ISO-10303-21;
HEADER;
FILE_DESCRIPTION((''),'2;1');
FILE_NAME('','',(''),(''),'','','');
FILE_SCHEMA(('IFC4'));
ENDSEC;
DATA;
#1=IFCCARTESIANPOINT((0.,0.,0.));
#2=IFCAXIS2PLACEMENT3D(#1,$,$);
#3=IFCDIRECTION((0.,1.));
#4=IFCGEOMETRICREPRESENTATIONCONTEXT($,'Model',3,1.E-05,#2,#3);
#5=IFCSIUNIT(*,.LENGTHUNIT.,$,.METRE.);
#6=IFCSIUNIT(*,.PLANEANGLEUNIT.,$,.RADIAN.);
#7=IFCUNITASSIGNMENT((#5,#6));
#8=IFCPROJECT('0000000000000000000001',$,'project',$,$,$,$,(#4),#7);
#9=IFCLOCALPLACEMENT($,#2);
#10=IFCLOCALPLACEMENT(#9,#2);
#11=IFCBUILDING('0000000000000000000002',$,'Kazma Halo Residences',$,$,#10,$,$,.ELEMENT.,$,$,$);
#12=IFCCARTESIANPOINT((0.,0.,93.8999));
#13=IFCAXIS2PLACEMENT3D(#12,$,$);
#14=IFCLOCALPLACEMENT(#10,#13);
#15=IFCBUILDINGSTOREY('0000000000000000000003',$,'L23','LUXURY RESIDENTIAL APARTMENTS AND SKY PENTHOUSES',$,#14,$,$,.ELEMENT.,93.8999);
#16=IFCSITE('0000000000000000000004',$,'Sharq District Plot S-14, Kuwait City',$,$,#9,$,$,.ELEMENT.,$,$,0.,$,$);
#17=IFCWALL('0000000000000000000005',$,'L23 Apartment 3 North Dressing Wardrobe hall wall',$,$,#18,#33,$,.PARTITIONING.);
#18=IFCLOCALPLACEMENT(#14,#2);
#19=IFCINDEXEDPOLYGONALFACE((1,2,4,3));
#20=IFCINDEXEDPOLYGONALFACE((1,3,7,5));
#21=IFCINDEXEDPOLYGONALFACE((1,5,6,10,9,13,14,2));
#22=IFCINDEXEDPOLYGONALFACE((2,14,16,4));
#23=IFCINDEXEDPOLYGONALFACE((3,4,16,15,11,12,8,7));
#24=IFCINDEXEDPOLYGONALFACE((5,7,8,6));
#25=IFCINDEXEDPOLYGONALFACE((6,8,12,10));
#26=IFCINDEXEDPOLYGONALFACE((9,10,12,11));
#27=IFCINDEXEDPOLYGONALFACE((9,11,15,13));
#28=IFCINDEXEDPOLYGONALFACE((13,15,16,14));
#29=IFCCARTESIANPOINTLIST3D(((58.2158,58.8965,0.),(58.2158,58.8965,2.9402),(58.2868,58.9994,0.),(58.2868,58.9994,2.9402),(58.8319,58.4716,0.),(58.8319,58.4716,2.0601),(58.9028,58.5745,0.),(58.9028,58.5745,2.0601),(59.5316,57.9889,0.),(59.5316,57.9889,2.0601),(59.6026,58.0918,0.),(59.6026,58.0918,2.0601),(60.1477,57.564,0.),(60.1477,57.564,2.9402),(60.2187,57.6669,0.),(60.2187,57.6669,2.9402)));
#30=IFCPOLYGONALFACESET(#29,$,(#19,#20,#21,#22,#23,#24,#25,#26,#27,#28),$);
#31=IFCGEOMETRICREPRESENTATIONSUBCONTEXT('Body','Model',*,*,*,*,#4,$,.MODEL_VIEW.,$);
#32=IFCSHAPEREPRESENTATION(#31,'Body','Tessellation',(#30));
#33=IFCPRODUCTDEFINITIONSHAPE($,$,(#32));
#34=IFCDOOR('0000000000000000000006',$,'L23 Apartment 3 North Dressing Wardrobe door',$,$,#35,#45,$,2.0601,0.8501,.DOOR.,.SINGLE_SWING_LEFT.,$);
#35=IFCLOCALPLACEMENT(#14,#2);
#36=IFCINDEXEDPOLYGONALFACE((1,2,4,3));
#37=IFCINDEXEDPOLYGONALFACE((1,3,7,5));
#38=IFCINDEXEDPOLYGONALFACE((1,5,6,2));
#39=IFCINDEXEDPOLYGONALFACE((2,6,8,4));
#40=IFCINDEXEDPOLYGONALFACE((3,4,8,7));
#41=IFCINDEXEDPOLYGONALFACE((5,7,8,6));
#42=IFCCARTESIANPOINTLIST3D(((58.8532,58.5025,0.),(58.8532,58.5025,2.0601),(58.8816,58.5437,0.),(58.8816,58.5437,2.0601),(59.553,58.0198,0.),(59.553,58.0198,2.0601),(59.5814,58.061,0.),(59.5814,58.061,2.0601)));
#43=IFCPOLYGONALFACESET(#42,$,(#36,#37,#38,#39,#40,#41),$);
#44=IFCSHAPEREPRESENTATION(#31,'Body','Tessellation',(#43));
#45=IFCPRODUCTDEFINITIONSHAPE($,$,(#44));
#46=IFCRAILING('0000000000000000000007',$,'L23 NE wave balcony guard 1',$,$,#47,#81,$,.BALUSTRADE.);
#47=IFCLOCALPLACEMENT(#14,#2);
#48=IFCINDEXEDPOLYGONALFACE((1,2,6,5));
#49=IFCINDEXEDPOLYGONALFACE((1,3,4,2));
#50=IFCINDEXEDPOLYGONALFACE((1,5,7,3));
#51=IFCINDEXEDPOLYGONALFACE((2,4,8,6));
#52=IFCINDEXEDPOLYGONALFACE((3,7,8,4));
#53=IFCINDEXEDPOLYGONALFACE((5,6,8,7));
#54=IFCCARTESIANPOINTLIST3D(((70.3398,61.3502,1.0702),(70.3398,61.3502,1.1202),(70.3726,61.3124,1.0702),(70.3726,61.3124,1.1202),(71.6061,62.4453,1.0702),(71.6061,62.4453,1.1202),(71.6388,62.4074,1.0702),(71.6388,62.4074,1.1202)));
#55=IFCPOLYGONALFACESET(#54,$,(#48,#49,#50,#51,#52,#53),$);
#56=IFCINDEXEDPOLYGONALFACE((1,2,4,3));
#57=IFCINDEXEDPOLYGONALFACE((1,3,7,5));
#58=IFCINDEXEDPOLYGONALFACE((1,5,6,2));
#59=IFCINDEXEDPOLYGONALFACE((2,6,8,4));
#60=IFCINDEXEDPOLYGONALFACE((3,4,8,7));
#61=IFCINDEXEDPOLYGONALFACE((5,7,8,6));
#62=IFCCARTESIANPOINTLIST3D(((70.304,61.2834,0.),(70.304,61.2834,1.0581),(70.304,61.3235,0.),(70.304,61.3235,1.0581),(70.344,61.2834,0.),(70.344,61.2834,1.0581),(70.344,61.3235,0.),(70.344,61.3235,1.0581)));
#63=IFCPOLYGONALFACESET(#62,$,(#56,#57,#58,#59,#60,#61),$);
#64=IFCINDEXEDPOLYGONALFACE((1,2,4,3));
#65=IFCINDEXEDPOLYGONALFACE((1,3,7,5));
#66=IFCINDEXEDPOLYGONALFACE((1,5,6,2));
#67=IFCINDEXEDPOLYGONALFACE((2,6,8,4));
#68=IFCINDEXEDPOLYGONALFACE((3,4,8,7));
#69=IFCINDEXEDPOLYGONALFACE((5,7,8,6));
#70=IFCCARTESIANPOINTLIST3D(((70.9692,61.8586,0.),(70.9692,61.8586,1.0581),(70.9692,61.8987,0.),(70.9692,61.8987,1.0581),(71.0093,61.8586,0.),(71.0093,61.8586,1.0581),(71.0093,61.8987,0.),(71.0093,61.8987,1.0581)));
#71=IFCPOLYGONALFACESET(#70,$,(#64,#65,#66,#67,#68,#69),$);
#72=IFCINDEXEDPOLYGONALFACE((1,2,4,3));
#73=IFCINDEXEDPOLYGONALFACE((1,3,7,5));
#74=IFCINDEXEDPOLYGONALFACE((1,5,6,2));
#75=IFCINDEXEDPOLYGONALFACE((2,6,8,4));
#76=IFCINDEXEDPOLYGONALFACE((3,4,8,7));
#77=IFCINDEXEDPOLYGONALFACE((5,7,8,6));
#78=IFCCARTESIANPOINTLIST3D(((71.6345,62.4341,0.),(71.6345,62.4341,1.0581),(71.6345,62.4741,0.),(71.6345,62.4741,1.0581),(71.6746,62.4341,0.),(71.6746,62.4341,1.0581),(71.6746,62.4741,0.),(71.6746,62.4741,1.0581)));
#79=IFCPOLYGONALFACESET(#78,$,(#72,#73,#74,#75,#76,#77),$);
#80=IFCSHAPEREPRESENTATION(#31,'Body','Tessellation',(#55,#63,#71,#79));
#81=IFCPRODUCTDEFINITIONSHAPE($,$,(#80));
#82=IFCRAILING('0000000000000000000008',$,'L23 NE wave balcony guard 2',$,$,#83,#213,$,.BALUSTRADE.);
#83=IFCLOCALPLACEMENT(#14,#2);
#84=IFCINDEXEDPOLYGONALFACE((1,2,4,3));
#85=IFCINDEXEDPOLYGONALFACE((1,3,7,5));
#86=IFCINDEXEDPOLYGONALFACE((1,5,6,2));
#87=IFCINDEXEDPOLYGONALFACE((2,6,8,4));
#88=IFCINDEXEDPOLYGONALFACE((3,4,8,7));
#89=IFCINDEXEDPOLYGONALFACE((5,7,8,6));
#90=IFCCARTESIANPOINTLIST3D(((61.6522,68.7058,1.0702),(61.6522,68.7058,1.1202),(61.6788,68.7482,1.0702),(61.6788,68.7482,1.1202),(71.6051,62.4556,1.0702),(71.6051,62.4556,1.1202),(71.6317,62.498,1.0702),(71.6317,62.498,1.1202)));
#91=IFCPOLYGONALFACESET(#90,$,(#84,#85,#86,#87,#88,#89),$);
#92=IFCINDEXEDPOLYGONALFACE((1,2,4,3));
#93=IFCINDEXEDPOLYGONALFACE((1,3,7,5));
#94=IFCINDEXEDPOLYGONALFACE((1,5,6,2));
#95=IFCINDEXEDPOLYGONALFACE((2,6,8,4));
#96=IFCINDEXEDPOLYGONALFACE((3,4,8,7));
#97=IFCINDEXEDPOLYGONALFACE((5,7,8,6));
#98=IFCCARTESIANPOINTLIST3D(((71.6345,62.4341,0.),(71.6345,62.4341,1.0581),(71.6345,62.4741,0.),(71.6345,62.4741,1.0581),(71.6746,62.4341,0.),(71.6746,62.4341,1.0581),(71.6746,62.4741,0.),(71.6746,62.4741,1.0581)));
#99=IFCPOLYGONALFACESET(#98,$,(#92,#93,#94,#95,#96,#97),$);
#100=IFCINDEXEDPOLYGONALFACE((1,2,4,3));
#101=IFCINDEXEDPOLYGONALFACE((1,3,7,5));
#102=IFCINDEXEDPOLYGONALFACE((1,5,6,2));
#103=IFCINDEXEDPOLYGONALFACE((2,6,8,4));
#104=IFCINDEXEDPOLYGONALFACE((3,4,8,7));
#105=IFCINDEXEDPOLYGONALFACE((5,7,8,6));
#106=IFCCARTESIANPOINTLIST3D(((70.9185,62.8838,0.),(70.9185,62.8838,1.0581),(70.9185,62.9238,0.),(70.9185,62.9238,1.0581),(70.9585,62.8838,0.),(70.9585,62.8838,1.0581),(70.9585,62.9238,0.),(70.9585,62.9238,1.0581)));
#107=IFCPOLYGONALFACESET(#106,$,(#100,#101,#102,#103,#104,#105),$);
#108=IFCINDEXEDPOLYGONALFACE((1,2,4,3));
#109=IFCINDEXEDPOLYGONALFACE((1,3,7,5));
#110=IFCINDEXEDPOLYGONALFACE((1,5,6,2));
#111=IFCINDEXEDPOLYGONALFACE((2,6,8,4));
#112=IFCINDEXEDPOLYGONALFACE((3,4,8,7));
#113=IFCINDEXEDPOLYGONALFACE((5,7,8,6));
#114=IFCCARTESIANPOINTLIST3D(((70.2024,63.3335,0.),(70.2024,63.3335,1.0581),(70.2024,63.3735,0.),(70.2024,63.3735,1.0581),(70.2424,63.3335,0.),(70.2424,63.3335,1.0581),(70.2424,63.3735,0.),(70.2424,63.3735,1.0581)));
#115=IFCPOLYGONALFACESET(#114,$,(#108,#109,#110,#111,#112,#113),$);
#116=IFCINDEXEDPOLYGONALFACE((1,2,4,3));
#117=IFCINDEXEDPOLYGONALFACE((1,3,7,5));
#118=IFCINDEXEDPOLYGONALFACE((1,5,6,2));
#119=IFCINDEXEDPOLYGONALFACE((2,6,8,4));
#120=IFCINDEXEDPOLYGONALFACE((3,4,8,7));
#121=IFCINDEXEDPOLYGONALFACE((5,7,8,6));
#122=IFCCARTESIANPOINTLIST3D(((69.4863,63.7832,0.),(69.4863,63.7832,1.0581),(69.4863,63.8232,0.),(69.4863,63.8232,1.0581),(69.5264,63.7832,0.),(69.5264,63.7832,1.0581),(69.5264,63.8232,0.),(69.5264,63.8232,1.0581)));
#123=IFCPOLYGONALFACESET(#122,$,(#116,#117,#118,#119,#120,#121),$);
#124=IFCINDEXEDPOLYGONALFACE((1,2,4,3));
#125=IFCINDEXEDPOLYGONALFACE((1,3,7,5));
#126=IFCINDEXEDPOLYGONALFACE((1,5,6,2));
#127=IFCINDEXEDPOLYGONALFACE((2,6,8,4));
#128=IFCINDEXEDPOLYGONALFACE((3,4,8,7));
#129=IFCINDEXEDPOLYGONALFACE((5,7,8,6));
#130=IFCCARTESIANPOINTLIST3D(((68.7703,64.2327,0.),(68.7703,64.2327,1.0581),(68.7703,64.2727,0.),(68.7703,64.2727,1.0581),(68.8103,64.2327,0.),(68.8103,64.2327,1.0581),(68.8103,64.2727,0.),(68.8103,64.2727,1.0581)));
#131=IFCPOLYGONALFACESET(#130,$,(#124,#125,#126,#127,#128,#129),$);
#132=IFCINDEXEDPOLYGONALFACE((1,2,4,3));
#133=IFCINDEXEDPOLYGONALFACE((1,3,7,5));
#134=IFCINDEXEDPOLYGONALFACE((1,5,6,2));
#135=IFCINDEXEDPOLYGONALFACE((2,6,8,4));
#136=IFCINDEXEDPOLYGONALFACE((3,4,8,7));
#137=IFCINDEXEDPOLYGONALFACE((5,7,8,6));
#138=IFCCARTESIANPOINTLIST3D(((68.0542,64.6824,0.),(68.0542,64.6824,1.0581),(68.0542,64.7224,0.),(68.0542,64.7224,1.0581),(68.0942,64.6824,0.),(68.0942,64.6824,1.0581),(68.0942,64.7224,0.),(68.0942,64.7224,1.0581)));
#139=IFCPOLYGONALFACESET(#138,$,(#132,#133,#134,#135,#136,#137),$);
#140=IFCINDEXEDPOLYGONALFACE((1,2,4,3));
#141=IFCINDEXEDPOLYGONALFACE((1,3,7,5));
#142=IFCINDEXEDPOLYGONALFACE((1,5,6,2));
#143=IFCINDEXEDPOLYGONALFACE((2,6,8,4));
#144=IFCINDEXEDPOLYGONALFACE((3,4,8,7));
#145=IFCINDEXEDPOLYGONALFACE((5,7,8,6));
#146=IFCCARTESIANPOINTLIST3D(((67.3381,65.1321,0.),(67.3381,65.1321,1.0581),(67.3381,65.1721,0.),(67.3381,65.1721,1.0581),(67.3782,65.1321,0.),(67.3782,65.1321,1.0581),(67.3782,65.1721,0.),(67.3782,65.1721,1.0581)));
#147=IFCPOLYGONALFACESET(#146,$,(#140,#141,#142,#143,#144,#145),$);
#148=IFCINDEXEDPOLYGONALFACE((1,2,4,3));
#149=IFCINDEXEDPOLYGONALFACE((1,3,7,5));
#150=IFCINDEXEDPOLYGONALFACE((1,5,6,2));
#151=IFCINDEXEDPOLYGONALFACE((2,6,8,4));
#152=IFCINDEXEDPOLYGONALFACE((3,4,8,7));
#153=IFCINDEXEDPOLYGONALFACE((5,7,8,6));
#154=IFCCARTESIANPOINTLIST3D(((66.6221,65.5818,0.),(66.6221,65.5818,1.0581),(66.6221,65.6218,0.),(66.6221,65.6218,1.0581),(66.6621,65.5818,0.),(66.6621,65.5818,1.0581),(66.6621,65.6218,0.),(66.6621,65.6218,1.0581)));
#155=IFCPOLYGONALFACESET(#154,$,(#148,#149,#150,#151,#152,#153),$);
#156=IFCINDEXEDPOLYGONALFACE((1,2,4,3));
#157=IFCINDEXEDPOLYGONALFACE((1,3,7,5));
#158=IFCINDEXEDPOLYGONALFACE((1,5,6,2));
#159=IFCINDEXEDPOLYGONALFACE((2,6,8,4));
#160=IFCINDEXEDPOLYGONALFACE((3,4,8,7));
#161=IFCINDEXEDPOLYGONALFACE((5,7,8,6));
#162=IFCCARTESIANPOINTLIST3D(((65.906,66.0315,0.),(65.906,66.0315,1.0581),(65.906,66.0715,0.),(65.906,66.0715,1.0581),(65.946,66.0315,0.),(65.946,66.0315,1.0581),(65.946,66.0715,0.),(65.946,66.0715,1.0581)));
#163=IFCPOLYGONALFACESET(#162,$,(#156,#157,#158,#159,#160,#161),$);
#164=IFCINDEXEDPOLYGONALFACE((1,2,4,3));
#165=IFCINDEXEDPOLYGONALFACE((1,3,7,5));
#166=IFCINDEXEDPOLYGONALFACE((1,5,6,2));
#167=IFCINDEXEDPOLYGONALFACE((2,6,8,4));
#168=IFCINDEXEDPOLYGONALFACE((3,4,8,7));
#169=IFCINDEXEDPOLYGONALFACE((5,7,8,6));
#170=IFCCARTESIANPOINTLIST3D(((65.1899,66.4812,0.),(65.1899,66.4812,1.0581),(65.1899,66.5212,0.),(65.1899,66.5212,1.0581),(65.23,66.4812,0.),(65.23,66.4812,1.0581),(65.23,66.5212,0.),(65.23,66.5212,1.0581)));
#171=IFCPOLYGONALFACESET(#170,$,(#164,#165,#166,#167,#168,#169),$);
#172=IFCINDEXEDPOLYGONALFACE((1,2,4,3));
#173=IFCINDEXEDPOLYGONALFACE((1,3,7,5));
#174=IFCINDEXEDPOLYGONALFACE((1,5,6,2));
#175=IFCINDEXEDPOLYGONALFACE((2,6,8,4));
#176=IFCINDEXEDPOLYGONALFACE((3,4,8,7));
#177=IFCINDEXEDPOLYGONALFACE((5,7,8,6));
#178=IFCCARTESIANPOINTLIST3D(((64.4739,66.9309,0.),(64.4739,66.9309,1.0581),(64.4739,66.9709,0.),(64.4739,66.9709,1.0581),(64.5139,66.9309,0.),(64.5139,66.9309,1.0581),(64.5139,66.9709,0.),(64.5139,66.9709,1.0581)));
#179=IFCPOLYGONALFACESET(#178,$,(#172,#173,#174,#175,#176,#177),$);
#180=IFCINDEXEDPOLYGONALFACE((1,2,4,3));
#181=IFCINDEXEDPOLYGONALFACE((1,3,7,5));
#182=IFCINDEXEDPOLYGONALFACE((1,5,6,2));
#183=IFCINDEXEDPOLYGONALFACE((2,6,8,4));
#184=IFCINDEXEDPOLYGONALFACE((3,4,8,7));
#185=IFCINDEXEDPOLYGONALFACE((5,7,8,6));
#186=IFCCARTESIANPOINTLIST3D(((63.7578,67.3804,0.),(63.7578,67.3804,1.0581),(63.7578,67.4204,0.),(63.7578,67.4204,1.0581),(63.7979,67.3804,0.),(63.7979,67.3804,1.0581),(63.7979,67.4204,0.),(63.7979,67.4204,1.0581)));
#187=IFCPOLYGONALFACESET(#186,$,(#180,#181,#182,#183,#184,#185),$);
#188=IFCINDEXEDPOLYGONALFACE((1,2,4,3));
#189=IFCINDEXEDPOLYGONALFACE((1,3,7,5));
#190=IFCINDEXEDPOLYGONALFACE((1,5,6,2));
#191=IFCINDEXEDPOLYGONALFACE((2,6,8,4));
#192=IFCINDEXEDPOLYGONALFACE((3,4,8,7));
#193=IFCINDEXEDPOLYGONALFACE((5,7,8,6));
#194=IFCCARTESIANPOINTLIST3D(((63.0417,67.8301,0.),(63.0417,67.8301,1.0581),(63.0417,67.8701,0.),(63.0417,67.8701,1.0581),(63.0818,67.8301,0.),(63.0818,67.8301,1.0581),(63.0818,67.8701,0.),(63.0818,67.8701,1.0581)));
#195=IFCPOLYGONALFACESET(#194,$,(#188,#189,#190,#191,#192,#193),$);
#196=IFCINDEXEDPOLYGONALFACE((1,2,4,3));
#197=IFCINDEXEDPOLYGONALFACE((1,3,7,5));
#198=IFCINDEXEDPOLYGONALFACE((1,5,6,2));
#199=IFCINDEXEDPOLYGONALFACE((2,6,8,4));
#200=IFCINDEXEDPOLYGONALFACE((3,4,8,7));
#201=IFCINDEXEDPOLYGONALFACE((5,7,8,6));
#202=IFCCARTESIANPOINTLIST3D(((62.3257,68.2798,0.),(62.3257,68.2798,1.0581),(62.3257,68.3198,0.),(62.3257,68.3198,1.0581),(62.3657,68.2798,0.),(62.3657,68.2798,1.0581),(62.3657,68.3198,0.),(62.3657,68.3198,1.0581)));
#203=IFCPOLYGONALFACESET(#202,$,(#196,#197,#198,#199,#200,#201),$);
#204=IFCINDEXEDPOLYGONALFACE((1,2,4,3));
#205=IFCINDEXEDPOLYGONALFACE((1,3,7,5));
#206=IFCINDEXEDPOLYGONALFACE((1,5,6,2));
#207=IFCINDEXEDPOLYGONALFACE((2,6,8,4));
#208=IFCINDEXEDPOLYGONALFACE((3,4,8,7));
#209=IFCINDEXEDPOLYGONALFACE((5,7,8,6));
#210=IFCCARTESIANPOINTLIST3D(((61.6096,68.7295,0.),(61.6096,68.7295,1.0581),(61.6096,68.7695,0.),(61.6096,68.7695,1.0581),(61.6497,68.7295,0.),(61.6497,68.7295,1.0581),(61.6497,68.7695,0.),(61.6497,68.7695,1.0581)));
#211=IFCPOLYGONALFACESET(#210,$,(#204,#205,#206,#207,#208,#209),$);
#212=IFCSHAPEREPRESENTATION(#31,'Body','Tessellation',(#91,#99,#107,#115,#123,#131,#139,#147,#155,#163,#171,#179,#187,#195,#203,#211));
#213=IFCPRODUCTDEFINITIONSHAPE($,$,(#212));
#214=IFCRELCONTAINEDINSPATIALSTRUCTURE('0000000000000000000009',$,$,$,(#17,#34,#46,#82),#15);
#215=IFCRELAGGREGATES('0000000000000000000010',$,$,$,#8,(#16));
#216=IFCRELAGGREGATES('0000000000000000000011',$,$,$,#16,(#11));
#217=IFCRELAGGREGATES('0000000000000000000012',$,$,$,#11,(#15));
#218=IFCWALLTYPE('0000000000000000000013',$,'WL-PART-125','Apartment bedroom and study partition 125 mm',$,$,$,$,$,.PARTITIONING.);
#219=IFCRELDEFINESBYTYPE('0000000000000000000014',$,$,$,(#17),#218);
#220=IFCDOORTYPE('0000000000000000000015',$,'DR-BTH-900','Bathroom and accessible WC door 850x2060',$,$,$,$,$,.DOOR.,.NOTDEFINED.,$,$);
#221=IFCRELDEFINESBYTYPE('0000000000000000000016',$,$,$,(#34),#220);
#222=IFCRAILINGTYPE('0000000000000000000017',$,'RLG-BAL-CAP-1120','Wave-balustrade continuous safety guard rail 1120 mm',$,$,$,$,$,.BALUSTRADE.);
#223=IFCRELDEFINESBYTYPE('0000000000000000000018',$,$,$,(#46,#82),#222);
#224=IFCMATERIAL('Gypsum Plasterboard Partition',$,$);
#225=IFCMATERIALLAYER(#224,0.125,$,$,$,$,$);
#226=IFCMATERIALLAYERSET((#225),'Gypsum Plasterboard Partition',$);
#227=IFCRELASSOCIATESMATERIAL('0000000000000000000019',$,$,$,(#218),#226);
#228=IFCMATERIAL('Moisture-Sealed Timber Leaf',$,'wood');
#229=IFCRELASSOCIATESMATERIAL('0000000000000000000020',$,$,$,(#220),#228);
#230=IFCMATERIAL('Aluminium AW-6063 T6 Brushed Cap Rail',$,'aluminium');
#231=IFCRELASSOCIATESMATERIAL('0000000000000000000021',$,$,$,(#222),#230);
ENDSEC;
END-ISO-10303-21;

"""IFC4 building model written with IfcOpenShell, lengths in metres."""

from ifc_helpers import new_model, si_unit, direction, frame, frame_2d, origin, origin_2d, place, context, subcontext, project, spatial, rectangle, extrude, material, layer, layer_set, type_object, element, fill, save


model = new_model("IFC4")

# Units and contexts
model_context = context("Model", 3, precision=1e-05, world=origin(), true_north=direction((0.0, 1.0)))
body_context = subcontext(model_context, "Body", "Model", "MODEL_VIEW")
ifc_project = project(units=[si_unit("LENGTHUNIT", "METRE"), si_unit("PLANEANGLEUNIT", "RADIAN")], contexts=[model_context])

# Site, building, storey
site_placement = place(None, origin())
site = spatial("IfcSite", under=ifc_project, at=site_placement, Name="Sharq District Plot S-14, Kuwait City", CompositionType="ELEMENT", RefElevation=0.0)
building_placement = place(site_placement, origin())
building = spatial("IfcBuilding", under=site, at=building_placement, Name="Kazma Halo Residences", CompositionType="ELEMENT")
storey_placement = place(building_placement, frame((0.0, 0.0, 93.8999)))
storey = spatial("IfcBuildingStorey", under=building, at=storey_placement, Name="L23", Description="LUXURY RESIDENTIAL APARTMENTS AND SKY PENTHOUSES", CompositionType="ELEMENT", Elevation=93.8999)

# Shared definitions
ifc_material_1 = material(Name="Gypsum Plasterboard Partition")
ifc_layer_1 = layer(ifc_material_1, 0.125)
ifc_layer_set_1 = layer_set([ifc_layer_1], Name="Gypsum Plasterboard Partition")
wall_type_1 = type_object("IfcWallType", Name="WL-PART-125", Description="Apartment bedroom and study partition 125 mm", PredefinedType="PARTITIONING", material=ifc_layer_set_1)

# Wall, opening, door
wall_1_placement = place(storey_placement, frame((60.1831, 57.6155, 0.0), z_axis=(0.0, 0.0, 1.0), x_axis=(-0.823176, 0.567786, 0.0)))
wall_1 = element("IfcWall", 1, at=wall_1_placement, inside=storey, type_object=wall_type_1, Name="L23 Apartment 3 North Dressing Wardrobe hall wall", PredefinedType="PARTITIONING", context=body_context, shape_type="SweptSolid", body=[
    extrude(rectangle(XDim=2.3469, YDim=0.125, at=frame_2d((1.1733, 0.0))), origin(), (0.0, 0.0, 1.0), 2.9402),
])
opening_1_placement = place(wall_1_placement, frame((0.7483, 0.0, 0.0)))
opening_1 = element("IfcOpeningElement", 2, at=opening_1_placement, cuts=wall_1, PredefinedType="OPENING", context=body_context, shape_type="SweptSolid", body=[
    extrude(rectangle(XDim=0.8501, YDim=2.0601, at=frame_2d((0.425, 1.03))), frame((0.0, 0.0725, 0.0), z_axis=(0.0, -1.0, 0.0), x_axis=(1.0, 0.0, 0.0)), (0.0, 0.0, 1.0), 0.145),
])
ifc_material_2 = material(Name="Moisture-Sealed Timber Leaf", Category="wood")
door_type_1 = type_object("IfcDoorType", Name="DR-BTH-900", Description="Bathroom and accessible WC door 850x2060", OperationType="NOTDEFINED", PredefinedType="DOOR", material=ifc_material_2)
door_1_placement = place(opening_1_placement, origin())
door_1 = element("IfcDoor", 3, at=door_1_placement, inside=storey, type_object=door_type_1, Name="L23 Apartment 3 North Dressing Wardrobe door", OperationType="SINGLE_SWING_LEFT", OverallHeight=2.0601, OverallWidth=0.8501, PredefinedType="DOOR", context=body_context, shape_type="SweptSolid", body=[
    extrude(rectangle(XDim=0.8501, YDim=2.0601, at=frame_2d((0.425, 1.03))), frame((0.0, 0.0249, 0.0), z_axis=(0.0, -1.0, 0.0), x_axis=(1.0, 0.0, 0.0)), (0.0, 0.0, 1.0), 0.05),
])
fill(opening_1, door_1)

# Railings
ifc_material_3 = material(Name="Aluminium AW-6063 T6 Brushed Cap Rail", Category="aluminium")
railing_type = type_object("IfcRailingType", Name="RLG-BAL-CAP-1120", Description="Wave-balustrade continuous safety guard rail 1120 mm", PredefinedType="BALUSTRADE", material=ifc_material_3)
railing_1_placement = place(storey_placement, frame((70.324, 61.3035, 0.0)))
element("IfcRailing", 4, at=railing_1_placement, inside=storey, type_object=railing_type, Name="L23 NE wave balcony guard 1", PredefinedType="BALUSTRADE", context=body_context, shape_type="SweptSolid", body=[
    extrude(rectangle(XDim=0.05, YDim=0.05, at=origin_2d()), frame((0.0322, 0.0278, 1.0952), z_axis=(0.756398, 0.654111, 0.0), x_axis=(-0.654111, 0.756398, 0.0)), (0.0, 0.0, 1.0), 1.6741),
    extrude(rectangle(XDim=0.04, YDim=0.04, at=origin_2d()), origin(), (0.0, 0.0, 1.0), 1.0581),
    extrude(rectangle(XDim=0.04, YDim=0.04, at=origin_2d()), frame((0.6653, 0.5752, 0.0)), (0.0, 0.0, 1.0), 1.0581),
    extrude(rectangle(XDim=0.04, YDim=0.04, at=origin_2d()), frame((1.3306, 1.1506, 0.0)), (0.0, 0.0, 1.0), 1.0581),
])
railing_2_placement = place(storey_placement, frame((71.6545, 62.4541, 0.0)))
element("IfcRailing", 5, at=railing_2_placement, inside=storey, type_object=railing_type, Name="L23 NE wave balcony guard 2", PredefinedType="BALUSTRADE", context=body_context, shape_type="SweptSolid", body=[
    extrude(rectangle(XDim=0.05, YDim=0.05, at=origin_2d()), frame((-0.0361, 0.0227, 1.0952), z_axis=(-0.846863, 0.531811, 0.0), x_axis=(-0.531811, -0.846863, 0.0)), (0.0, 0.0, 1.0), 11.7527),
    extrude(rectangle(XDim=0.04, YDim=0.04, at=origin_2d()), origin(), (0.0, 0.0, 1.0), 1.0581),
    extrude(rectangle(XDim=0.04, YDim=0.04, at=origin_2d()), frame((-0.7161, 0.4497, 0.0)), (0.0, 0.0, 1.0), 1.0581),
    extrude(rectangle(XDim=0.04, YDim=0.04, at=origin_2d()), frame((-1.4321, 0.8994, 0.0)), (0.0, 0.0, 1.0), 1.0581),
    extrude(rectangle(XDim=0.04, YDim=0.04, at=origin_2d()), frame((-2.1482, 1.3491, 0.0)), (0.0, 0.0, 1.0), 1.0581),
    extrude(rectangle(XDim=0.04, YDim=0.04, at=origin_2d()), frame((-2.8643, 1.7986, 0.0)), (0.0, 0.0, 1.0), 1.0581),
    extrude(rectangle(XDim=0.04, YDim=0.04, at=origin_2d()), frame((-3.5803, 2.2483, 0.0)), (0.0, 0.0, 1.0), 1.0581),
    extrude(rectangle(XDim=0.04, YDim=0.04, at=origin_2d()), frame((-4.2964, 2.698, 0.0)), (0.0, 0.0, 1.0), 1.0581),
    extrude(rectangle(XDim=0.04, YDim=0.04, at=origin_2d()), frame((-5.0125, 3.1477, 0.0)), (0.0, 0.0, 1.0), 1.0581),
    extrude(rectangle(XDim=0.04, YDim=0.04, at=origin_2d()), frame((-5.7285, 3.5974, 0.0)), (0.0, 0.0, 1.0), 1.0581),
    extrude(rectangle(XDim=0.04, YDim=0.04, at=origin_2d()), frame((-6.4446, 4.0471, 0.0)), (0.0, 0.0, 1.0), 1.0581),
    extrude(rectangle(XDim=0.04, YDim=0.04, at=origin_2d()), frame((-7.1606, 4.4968, 0.0)), (0.0, 0.0, 1.0), 1.0581),
    extrude(rectangle(XDim=0.04, YDim=0.04, at=origin_2d()), frame((-7.8767, 4.9463, 0.0)), (0.0, 0.0, 1.0), 1.0581),
    extrude(rectangle(XDim=0.04, YDim=0.04, at=origin_2d()), frame((-8.5928, 5.396, 0.0)), (0.0, 0.0, 1.0), 1.0581),
    extrude(rectangle(XDim=0.04, YDim=0.04, at=origin_2d()), frame((-9.3088, 5.8457, 0.0)), (0.0, 0.0, 1.0), 1.0581),
    extrude(rectangle(XDim=0.04, YDim=0.04, at=origin_2d()), frame((-10.0249, 6.2954, 0.0)), (0.0, 0.0, 1.0), 1.0581),
])

save(model, "model.ifc")
